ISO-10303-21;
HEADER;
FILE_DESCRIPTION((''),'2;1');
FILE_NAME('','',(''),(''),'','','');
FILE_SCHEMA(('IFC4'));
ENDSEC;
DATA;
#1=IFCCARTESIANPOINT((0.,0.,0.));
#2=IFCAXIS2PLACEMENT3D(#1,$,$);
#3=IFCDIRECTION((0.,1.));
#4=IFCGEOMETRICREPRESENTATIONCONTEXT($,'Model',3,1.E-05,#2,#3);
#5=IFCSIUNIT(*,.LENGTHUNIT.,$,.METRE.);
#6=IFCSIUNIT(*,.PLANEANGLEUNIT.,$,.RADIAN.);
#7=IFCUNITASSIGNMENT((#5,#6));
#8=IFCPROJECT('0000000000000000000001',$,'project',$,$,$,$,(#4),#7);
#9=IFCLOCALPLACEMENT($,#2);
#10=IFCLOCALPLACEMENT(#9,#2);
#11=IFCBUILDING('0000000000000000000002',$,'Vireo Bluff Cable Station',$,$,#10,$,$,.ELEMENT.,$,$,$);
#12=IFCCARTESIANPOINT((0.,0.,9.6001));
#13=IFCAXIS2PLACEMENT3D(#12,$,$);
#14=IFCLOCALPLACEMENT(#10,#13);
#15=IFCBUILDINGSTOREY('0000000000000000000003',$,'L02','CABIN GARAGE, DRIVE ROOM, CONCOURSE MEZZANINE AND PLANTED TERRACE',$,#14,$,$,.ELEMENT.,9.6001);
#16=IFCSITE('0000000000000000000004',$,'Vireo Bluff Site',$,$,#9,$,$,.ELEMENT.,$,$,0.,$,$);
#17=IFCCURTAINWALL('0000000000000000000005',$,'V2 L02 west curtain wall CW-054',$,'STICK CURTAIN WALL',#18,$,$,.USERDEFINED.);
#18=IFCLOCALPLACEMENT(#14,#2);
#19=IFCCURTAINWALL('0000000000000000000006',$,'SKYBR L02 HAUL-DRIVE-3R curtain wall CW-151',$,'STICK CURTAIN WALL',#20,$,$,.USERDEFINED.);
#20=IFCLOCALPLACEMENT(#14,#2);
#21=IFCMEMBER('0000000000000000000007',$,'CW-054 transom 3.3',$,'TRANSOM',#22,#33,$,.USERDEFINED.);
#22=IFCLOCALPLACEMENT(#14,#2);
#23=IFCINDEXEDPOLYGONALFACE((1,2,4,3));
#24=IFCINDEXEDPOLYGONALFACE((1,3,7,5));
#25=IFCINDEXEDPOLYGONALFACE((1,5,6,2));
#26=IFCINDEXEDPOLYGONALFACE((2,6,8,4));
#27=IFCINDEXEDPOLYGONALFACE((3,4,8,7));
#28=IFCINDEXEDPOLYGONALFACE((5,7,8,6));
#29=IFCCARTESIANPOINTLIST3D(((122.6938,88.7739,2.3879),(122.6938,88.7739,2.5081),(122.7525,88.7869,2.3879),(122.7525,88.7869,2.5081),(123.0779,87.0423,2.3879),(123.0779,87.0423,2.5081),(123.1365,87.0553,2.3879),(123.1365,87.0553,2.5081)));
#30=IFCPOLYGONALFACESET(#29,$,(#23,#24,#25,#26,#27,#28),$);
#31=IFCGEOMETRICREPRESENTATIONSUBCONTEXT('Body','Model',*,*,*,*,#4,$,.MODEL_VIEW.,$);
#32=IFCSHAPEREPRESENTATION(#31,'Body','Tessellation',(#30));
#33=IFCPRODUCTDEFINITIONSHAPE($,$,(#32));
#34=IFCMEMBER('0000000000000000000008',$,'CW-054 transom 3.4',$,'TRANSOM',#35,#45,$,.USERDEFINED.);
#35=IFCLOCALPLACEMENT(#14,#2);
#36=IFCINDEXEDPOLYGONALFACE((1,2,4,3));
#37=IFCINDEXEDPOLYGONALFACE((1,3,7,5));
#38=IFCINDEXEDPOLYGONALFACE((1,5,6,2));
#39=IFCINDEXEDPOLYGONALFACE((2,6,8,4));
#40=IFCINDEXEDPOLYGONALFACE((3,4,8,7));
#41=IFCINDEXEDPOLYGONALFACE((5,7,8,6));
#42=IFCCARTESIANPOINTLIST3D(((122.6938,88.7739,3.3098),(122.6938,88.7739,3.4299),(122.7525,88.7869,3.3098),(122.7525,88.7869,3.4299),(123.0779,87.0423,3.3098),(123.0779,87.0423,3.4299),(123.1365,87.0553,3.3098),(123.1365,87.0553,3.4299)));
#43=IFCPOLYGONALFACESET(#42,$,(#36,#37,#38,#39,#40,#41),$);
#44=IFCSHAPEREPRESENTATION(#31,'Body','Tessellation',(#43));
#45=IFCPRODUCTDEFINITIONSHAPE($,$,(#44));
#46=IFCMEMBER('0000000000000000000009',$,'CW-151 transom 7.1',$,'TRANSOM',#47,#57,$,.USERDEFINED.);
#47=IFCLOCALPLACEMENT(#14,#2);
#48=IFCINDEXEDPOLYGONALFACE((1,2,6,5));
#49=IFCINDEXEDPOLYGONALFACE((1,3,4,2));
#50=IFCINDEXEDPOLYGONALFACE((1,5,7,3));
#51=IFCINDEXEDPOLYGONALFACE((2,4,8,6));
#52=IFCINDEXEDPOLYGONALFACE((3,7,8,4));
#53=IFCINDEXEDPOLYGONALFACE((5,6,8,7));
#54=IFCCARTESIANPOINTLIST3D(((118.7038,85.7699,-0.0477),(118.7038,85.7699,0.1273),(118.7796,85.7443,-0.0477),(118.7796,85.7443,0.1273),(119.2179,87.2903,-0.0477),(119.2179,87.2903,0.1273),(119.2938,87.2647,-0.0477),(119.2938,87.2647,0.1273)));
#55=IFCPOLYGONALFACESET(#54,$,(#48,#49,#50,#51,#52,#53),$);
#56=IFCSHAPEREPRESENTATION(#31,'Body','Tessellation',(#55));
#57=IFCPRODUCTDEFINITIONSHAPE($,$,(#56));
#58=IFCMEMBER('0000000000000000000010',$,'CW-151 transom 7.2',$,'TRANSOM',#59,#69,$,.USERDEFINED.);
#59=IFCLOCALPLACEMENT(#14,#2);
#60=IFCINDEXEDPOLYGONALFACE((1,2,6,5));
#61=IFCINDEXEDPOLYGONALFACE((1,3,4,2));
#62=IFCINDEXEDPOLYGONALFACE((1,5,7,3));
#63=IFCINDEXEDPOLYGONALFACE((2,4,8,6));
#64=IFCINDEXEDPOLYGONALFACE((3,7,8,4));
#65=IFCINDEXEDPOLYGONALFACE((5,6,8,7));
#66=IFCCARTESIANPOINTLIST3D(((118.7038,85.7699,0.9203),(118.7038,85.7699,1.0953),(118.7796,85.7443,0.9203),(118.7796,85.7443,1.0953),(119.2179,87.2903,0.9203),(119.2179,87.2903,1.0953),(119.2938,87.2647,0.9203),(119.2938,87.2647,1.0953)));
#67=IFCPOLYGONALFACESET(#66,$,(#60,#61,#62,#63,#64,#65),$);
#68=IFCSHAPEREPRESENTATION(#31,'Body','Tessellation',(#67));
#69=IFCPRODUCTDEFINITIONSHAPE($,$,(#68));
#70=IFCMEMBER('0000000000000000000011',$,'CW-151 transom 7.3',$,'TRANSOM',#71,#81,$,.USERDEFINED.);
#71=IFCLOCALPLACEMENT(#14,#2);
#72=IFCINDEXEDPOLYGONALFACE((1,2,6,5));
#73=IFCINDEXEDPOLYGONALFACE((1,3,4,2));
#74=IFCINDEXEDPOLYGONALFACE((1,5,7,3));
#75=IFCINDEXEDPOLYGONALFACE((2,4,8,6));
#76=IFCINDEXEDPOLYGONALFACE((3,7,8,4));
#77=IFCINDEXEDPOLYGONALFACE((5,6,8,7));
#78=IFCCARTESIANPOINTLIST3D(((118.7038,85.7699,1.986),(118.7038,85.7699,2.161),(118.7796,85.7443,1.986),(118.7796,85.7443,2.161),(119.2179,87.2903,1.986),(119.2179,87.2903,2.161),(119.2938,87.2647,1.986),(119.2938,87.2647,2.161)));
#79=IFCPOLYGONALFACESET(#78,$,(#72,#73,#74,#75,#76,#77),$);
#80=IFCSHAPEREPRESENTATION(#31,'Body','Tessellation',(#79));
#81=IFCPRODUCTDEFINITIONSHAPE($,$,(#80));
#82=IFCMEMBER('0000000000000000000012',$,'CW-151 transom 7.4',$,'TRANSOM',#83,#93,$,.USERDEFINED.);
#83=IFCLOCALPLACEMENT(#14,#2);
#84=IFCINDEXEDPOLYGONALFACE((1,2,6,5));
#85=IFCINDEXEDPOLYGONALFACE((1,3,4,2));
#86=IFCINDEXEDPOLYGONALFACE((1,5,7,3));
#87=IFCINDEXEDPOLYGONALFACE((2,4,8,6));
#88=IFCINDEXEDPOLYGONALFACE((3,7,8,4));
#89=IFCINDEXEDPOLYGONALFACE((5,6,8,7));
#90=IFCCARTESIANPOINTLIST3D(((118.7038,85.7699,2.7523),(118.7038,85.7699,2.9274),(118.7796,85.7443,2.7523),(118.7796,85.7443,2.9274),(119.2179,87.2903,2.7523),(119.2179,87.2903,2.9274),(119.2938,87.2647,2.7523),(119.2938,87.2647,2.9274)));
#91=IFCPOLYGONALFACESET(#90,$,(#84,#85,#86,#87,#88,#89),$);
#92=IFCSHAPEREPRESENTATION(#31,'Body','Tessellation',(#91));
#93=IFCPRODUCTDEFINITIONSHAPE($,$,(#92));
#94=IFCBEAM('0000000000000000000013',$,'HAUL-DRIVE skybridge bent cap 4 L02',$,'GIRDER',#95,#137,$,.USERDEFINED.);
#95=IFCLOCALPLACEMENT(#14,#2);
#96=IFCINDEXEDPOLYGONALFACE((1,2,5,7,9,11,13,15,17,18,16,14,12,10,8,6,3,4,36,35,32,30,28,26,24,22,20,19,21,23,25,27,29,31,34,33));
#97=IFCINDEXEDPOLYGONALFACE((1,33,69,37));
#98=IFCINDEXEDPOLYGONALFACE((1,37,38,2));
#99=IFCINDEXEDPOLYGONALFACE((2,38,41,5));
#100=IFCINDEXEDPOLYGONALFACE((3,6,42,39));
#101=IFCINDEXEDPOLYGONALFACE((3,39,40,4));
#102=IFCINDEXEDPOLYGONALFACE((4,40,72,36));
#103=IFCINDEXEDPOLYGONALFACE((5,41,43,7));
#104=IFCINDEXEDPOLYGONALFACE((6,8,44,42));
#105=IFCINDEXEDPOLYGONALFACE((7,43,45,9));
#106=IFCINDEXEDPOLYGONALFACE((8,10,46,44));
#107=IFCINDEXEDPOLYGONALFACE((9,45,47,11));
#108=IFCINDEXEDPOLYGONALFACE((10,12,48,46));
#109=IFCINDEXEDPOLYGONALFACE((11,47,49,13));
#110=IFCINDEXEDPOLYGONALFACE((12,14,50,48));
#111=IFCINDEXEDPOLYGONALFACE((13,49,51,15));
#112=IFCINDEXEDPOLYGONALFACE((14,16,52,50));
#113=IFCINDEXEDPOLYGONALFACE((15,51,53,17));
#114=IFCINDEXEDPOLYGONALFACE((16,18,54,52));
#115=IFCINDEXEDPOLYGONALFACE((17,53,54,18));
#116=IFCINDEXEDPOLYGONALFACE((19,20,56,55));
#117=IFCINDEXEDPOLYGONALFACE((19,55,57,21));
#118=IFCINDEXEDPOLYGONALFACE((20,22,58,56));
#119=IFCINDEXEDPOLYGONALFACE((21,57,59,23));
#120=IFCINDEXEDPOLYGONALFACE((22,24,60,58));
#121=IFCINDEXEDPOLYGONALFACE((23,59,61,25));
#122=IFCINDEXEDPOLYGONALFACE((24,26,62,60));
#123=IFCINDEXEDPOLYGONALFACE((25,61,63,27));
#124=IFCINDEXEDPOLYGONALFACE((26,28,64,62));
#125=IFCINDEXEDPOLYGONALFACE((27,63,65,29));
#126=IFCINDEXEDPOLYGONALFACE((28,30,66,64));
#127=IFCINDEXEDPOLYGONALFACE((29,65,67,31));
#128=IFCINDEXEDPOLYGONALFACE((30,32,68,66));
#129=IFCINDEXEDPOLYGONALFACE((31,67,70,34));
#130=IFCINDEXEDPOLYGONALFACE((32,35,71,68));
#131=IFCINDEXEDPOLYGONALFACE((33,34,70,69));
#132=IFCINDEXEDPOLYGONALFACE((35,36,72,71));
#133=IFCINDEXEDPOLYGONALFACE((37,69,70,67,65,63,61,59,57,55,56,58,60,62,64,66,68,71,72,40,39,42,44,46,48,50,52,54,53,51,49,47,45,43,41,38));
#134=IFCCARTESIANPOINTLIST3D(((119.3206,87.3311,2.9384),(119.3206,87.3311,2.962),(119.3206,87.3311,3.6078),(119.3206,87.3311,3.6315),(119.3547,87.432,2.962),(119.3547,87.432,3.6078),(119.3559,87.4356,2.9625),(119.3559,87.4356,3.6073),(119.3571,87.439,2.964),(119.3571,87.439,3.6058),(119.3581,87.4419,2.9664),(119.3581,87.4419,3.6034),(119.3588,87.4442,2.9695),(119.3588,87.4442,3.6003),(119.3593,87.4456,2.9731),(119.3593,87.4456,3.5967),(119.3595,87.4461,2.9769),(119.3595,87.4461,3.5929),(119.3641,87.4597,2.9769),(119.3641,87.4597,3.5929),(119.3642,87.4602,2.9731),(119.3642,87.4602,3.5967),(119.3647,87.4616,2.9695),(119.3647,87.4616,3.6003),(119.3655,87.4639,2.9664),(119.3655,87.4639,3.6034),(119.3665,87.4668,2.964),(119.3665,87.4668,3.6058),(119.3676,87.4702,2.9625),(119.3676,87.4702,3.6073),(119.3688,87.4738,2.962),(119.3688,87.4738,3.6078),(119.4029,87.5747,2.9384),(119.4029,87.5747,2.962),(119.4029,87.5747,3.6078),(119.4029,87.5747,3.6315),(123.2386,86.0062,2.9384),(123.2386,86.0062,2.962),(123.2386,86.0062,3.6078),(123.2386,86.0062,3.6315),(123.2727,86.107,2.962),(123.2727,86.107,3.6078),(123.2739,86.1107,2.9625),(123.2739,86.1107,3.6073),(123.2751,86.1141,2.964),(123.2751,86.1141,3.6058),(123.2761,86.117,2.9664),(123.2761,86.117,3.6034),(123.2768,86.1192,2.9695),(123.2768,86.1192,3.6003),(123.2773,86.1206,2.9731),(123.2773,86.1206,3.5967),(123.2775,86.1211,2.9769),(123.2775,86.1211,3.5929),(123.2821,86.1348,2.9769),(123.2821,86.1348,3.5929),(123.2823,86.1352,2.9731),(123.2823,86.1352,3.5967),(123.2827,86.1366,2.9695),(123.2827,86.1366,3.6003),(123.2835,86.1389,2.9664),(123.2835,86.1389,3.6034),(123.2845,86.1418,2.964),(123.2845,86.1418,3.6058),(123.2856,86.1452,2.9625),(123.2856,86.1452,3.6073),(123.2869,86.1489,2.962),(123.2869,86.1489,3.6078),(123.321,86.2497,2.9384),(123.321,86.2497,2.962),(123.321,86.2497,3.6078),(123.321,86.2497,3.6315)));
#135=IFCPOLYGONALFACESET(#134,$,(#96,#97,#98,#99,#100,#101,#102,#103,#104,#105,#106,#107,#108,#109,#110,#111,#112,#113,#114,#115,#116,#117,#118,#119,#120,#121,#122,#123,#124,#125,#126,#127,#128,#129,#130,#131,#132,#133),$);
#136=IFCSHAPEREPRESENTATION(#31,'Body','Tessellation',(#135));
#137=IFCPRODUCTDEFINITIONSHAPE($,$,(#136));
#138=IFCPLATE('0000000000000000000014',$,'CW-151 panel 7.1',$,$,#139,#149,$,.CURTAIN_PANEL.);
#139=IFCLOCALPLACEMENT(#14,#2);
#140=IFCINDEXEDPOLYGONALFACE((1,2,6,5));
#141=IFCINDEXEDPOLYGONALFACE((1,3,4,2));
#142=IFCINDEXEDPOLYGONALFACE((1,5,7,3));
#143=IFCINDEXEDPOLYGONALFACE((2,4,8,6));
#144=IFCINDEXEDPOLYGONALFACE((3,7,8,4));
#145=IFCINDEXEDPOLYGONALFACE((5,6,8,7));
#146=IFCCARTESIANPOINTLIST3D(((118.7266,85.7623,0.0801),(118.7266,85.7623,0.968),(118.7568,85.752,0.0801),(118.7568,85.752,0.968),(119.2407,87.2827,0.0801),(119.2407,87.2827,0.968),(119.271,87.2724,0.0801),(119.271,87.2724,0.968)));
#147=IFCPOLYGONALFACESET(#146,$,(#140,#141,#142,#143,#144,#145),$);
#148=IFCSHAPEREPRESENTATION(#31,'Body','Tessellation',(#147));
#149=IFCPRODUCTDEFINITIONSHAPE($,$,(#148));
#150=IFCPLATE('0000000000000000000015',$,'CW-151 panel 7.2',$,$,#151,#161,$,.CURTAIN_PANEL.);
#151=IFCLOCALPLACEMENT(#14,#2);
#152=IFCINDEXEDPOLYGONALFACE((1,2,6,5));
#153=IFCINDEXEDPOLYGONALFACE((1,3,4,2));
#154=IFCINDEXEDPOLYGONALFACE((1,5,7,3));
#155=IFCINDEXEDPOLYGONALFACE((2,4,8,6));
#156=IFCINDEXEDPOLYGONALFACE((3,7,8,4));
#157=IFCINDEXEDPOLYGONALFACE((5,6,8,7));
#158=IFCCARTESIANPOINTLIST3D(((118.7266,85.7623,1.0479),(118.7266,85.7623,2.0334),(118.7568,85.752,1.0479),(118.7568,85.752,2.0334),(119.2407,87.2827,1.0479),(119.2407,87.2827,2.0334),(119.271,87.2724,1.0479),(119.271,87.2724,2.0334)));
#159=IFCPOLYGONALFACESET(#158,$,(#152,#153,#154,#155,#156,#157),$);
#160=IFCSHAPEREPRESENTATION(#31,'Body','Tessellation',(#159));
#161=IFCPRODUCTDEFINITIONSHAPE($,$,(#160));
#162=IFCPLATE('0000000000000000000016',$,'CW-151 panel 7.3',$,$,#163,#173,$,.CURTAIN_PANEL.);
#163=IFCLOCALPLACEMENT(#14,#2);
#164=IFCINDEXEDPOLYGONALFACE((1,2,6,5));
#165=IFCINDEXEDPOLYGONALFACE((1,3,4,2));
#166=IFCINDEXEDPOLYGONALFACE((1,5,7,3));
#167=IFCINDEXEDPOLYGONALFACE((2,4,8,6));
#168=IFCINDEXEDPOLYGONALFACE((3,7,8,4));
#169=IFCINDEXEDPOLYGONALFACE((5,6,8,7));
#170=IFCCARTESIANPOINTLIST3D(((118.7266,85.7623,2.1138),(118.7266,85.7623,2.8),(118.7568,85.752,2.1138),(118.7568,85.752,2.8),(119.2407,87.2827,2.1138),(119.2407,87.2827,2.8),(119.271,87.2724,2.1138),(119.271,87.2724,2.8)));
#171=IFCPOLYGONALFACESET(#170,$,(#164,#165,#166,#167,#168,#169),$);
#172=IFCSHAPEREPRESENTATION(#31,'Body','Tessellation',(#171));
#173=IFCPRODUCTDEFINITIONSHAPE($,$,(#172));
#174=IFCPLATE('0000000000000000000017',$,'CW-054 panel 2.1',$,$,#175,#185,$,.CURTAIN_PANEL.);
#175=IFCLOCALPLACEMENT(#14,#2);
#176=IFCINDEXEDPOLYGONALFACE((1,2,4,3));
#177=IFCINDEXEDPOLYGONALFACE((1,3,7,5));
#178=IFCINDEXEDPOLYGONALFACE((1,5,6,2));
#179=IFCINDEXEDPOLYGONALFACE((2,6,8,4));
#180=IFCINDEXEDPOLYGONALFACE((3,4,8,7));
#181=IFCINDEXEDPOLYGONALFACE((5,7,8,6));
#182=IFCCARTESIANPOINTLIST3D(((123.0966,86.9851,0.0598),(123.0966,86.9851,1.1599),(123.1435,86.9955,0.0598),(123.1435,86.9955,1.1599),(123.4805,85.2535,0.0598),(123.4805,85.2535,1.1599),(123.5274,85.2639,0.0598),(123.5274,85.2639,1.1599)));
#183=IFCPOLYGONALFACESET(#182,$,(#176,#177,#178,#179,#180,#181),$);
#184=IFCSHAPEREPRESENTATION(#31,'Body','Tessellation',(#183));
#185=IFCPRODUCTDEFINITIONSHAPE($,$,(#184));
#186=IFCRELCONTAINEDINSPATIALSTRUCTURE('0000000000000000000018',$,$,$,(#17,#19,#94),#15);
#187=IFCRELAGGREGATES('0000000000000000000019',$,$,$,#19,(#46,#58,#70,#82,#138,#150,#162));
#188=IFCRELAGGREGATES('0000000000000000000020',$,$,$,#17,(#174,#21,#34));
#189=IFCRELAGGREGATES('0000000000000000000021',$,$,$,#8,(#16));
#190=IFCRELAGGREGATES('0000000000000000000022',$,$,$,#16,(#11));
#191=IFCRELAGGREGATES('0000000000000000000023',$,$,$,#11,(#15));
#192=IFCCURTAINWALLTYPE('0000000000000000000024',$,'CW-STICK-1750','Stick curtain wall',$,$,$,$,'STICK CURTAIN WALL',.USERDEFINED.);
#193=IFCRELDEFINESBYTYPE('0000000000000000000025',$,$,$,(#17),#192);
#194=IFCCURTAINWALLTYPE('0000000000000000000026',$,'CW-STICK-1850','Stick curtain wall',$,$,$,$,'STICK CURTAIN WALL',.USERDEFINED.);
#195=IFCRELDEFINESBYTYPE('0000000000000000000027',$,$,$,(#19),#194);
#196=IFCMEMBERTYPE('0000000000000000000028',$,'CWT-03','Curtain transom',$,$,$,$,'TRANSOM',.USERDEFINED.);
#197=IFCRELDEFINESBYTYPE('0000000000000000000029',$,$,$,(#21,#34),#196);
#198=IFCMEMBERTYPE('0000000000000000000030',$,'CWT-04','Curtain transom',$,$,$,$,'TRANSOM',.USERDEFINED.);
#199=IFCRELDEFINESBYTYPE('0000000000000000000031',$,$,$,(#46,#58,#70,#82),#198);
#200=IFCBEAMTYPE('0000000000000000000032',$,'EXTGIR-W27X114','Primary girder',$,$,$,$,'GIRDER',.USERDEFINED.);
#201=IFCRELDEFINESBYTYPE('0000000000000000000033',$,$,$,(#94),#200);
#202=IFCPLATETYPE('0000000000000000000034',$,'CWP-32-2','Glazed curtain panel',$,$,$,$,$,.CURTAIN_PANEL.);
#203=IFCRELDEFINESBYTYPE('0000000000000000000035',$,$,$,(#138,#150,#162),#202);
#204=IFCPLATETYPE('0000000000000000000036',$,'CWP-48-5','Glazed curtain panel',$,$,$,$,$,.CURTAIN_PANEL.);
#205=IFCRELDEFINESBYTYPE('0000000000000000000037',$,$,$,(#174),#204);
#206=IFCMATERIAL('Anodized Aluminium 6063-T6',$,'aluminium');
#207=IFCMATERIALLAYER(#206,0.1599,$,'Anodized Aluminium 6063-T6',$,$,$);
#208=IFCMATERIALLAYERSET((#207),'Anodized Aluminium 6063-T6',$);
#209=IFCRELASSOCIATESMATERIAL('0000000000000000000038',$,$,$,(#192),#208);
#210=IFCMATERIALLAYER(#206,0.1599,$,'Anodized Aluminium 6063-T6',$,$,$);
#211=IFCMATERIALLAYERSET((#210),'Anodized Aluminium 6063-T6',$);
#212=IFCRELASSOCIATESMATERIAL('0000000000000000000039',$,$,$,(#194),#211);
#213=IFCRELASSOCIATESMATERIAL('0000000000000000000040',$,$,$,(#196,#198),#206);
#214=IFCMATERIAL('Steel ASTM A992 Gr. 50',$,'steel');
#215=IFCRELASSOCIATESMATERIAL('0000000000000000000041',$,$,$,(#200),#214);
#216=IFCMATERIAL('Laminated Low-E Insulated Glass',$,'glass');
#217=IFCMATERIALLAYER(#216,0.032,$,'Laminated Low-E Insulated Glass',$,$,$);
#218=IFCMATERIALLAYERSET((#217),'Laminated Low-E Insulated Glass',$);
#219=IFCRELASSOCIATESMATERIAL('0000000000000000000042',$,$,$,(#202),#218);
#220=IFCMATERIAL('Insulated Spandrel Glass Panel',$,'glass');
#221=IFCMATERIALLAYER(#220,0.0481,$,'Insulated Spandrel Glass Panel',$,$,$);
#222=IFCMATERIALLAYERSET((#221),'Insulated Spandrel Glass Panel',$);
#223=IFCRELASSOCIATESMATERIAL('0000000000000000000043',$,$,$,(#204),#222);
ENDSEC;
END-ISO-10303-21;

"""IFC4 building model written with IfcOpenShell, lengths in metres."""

from ifc_helpers import new_model, si_unit, direction, frame, origin, origin_2d, place, context, subcontext, project, spatial, rectangle, i_section, extrude, material, layer, layer_set, material_profile, profile_set, type_object, element, aggregate, save


model = new_model("IFC4")

# Units and contexts
model_context = context("Model", 3, precision=1e-05, world=origin(), true_north=direction((0.0, 1.0)))
body_context = subcontext(model_context, "Body", "Model", "MODEL_VIEW")
ifc_project = project(units=[si_unit("LENGTHUNIT", "METRE"), si_unit("PLANEANGLEUNIT", "RADIAN")], contexts=[model_context])

# Site, building, storey
site_placement = place(None, origin())
site = spatial("IfcSite", under=ifc_project, at=site_placement, Name="Vireo Bluff Site", CompositionType="ELEMENT", RefElevation=0.0)
building_placement = place(site_placement, origin())
building = spatial("IfcBuilding", under=site, at=building_placement, Name="Vireo Bluff Cable Station", CompositionType="ELEMENT")
storey_placement = place(building_placement, frame((0.0, 0.0, 9.6001)))
storey = spatial("IfcBuildingStorey", under=building, at=storey_placement, Name="L02", Description="CABIN GARAGE, DRIVE ROOM, CONCOURSE MEZZANINE AND PLANTED TERRACE", CompositionType="ELEMENT", Elevation=9.6001)

# Shared definitions
ifc_material_1 = material(Name="Steel ASTM A992 Gr. 50", Category="steel")

# Curtain wall
ifc_material_2 = material(Name="Anodized Aluminium 6063-T6", Category="aluminium")
ifc_layer_1 = layer(ifc_material_2, 0.1599, Name="Anodized Aluminium 6063-T6")
ifc_layer_set_1 = layer_set([ifc_layer_1], Name="Anodized Aluminium 6063-T6")
curtain_wall_type_1 = type_object("IfcCurtainWallType", Name="CW-STICK-1750", Description="Stick curtain wall", ElementType="STICK CURTAIN WALL", PredefinedType="USERDEFINED", material=ifc_layer_set_1)
curtain_wall_1_placement = place(storey_placement, origin())
curtain_wall_1 = element("IfcCurtainWall", 1, at=curtain_wall_1_placement, inside=storey, type_object=curtain_wall_type_1, Name="V2 L02 west curtain wall CW-054", ObjectType="STICK CURTAIN WALL", PredefinedType="USERDEFINED")

# Curtain wall
ifc_layer_2 = layer(ifc_material_2, 0.1599, Name="Anodized Aluminium 6063-T6")
ifc_layer_set_2 = layer_set([ifc_layer_2], Name="Anodized Aluminium 6063-T6")
curtain_wall_type_2 = type_object("IfcCurtainWallType", Name="CW-STICK-1850", Description="Stick curtain wall", ElementType="STICK CURTAIN WALL", PredefinedType="USERDEFINED", material=ifc_layer_set_2)
curtain_wall_2_placement = place(storey_placement, origin())
curtain_wall_2 = element("IfcCurtainWall", 2, at=curtain_wall_2_placement, inside=storey, type_object=curtain_wall_type_2, Name="SKYBR L02 HAUL-DRIVE-3R curtain wall CW-151", ObjectType="STICK CURTAIN WALL", PredefinedType="USERDEFINED")

# Members
ifc_material_profile_1 = material_profile(ifc_material_2, rectangle(XDim=0.0601, YDim=0.1201, at=origin_2d()), Name="ALU-T-60X120")
ifc_profile_set_1 = profile_set([ifc_material_profile_1], Name="Anodized Aluminium 6063-T6")
member_type_1 = type_object("IfcMemberType", Name="CWT-03", Description="Curtain transom", ElementType="TRANSOM", PredefinedType="USERDEFINED", material=ifc_profile_set_1)
member_1_placement = place(storey_placement, frame((123.1072, 87.0488, 2.448), z_axis=(-0.216508, 0.976281, 0.0), x_axis=(-0.976281, -0.216508, 0.0)))
member_1 = element("IfcMember", 3, at=member_1_placement, type_object=member_type_1, Name="CW-054 transom 3.3", ObjectType="TRANSOM", PredefinedType="USERDEFINED", context=body_context, shape_type="SweptSolid", body=[
    extrude(rectangle(XDim=0.0601, YDim=0.1201, at=origin_2d()), origin(), (0.0, 0.0, 1.0), 1.7737),
])
member_2_placement = place(storey_placement, frame((123.1072, 87.0488, 3.3699), z_axis=(-0.216508, 0.976281, 0.0), x_axis=(-0.976281, -0.216508, 0.0)))
member_2 = element("IfcMember", 4, at=member_2_placement, type_object=member_type_1, Name="CW-054 transom 3.4", ObjectType="TRANSOM", PredefinedType="USERDEFINED", context=body_context, shape_type="SweptSolid", body=[
    extrude(rectangle(XDim=0.0601, YDim=0.1201, at=origin_2d()), origin(), (0.0, 0.0, 1.0), 1.7737),
])
ifc_material_profile_2 = material_profile(ifc_material_2, rectangle(XDim=0.0801, YDim=0.175, at=origin_2d()), Name="ALU-T-80X175")
ifc_profile_set_2 = profile_set([ifc_material_profile_2], Name="Anodized Aluminium 6063-T6")
member_type_2 = type_object("IfcMemberType", Name="CWT-04", Description="Curtain transom", ElementType="TRANSOM", PredefinedType="USERDEFINED", material=ifc_profile_set_2)
member_3_placement = place(storey_placement, frame((118.7417, 85.7571, 0.0398), z_axis=(0.320332, 0.947305, 0.0), x_axis=(-0.947305, 0.320332, 0.0)))
member_3 = element("IfcMember", 5, at=member_3_placement, type_object=member_type_2, Name="CW-151 transom 7.1", ObjectType="TRANSOM", PredefinedType="USERDEFINED", context=body_context, shape_type="SweptSolid", body=[
    extrude(rectangle(XDim=0.0801, YDim=0.175, at=origin_2d()), origin(), (0.0, 0.0, 1.0), 1.605),
])
member_4_placement = place(storey_placement, frame((118.7417, 85.7571, 1.0078), z_axis=(0.320332, 0.947305, 0.0), x_axis=(-0.947305, 0.320332, 0.0)))
member_4 = element("IfcMember", 6, at=member_4_placement, type_object=member_type_2, Name="CW-151 transom 7.2", ObjectType="TRANSOM", PredefinedType="USERDEFINED", context=body_context, shape_type="SweptSolid", body=[
    extrude(rectangle(XDim=0.0801, YDim=0.175, at=origin_2d()), origin(), (0.0, 0.0, 1.0), 1.605),
])
member_5_placement = place(storey_placement, frame((118.7417, 85.7571, 2.0735), z_axis=(0.320332, 0.947305, 0.0), x_axis=(-0.947305, 0.320332, 0.0)))
member_5 = element("IfcMember", 7, at=member_5_placement, type_object=member_type_2, Name="CW-151 transom 7.3", ObjectType="TRANSOM", PredefinedType="USERDEFINED", context=body_context, shape_type="SweptSolid", body=[
    extrude(rectangle(XDim=0.0801, YDim=0.175, at=origin_2d()), origin(), (0.0, 0.0, 1.0), 1.605),
])
member_6_placement = place(storey_placement, frame((118.7417, 85.7571, 2.8398), z_axis=(0.320332, 0.947305, 0.0), x_axis=(-0.947305, 0.320332, 0.0)))
member_6 = element("IfcMember", 8, at=member_6_placement, type_object=member_type_2, Name="CW-151 transom 7.4", ObjectType="TRANSOM", PredefinedType="USERDEFINED", context=body_context, shape_type="SweptSolid", body=[
    extrude(rectangle(XDim=0.0801, YDim=0.175, at=origin_2d()), origin(), (0.0, 0.0, 1.0), 1.605),
])

# Beam
ifc_material_profile_3 = material_profile(ifc_material_1, i_section(OverallWidth=0.2571, OverallDepth=0.6931, WebThickness=0.0144, FlangeThickness=0.0237, FilletRadius=0.0149, at=origin_2d()), Name="W27X114")
ifc_profile_set_3 = profile_set([ifc_material_profile_3], Name="Steel ASTM A992 Gr. 50")
beam_type = type_object("IfcBeamType", Name="EXTGIR-W27X114", Description="Primary girder", ElementType="GIRDER", PredefinedType="USERDEFINED", material=ifc_profile_set_3)
beam_placement = place(storey_placement, frame((123.2798, 86.1279, 3.2849), z_axis=(-0.947299, 0.320351, 0.0), x_axis=(-0.320351, -0.947299, 0.0)))
element("IfcBeam", 9, at=beam_placement, inside=storey, type_object=beam_type, Name="HAUL-DRIVE skybridge bent cap 4 L02", ObjectType="GIRDER", PredefinedType="USERDEFINED", context=body_context, shape_type="SweptSolid", body=[
    extrude(i_section(OverallWidth=0.2571, OverallDepth=0.6931, WebThickness=0.0144, FlangeThickness=0.0237, FilletRadius=0.0149, at=origin_2d()), origin(), (0.0, 0.0, 1.0), 4.136),
])

# Plates
ifc_material_3 = material(Name="Laminated Low-E Insulated Glass", Category="glass")
ifc_layer_3 = layer(ifc_material_3, 0.032, Name="Laminated Low-E Insulated Glass")
ifc_layer_set_3 = layer_set([ifc_layer_3], Name="Laminated Low-E Insulated Glass")
plate_type_1 = type_object("IfcPlateType", Name="CWP-32-2", Description="Glazed curtain panel", PredefinedType="CURTAIN_PANEL", material=ifc_layer_set_3)
plate_1_placement = place(storey_placement, frame((118.9988, 86.5173, 0.0801), z_axis=(0.0, 0.0, 1.0), x_axis=(0.320354, 0.947298, 0.0)))
plate_1 = element("IfcPlate", 10, at=plate_1_placement, type_object=plate_type_1, Name="CW-151 panel 7.1", PredefinedType="CURTAIN_PANEL", context=body_context, shape_type="SweptSolid", body=[
    extrude(rectangle(XDim=1.605, YDim=0.032, at=origin_2d()), origin(), (0.0, 0.0, 1.0), 0.8879),
])
plate_2_placement = place(storey_placement, frame((118.9988, 86.5173, 1.0479), z_axis=(0.0, 0.0, 1.0), x_axis=(0.320354, 0.947298, 0.0)))
plate_2 = element("IfcPlate", 11, at=plate_2_placement, type_object=plate_type_1, Name="CW-151 panel 7.2", PredefinedType="CURTAIN_PANEL", context=body_context, shape_type="SweptSolid", body=[
    extrude(rectangle(XDim=1.605, YDim=0.032, at=origin_2d()), origin(), (0.0, 0.0, 1.0), 0.9856),
])
plate_3_placement = place(storey_placement, frame((118.9988, 86.5173, 2.1138), z_axis=(0.0, 0.0, 1.0), x_axis=(0.320354, 0.947298, 0.0)))
plate_3 = element("IfcPlate", 12, at=plate_3_placement, type_object=plate_type_1, Name="CW-151 panel 7.3", PredefinedType="CURTAIN_PANEL", context=body_context, shape_type="SweptSolid", body=[
    extrude(rectangle(XDim=1.605, YDim=0.032, at=origin_2d()), origin(), (0.0, 0.0, 1.0), 0.6863),
])
aggregate(curtain_wall_2, [member_3, member_4, member_5, member_6, plate_1, plate_2, plate_3])
ifc_material_4 = material(Name="Insulated Spandrel Glass Panel", Category="glass")
ifc_layer_4 = layer(ifc_material_4, 0.0481, Name="Insulated Spandrel Glass Panel")
ifc_layer_set_4 = layer_set([ifc_layer_4], Name="Insulated Spandrel Glass Panel")
plate_type_2 = type_object("IfcPlateType", Name="CWP-48-5", Description="Glazed curtain panel", PredefinedType="CURTAIN_PANEL", material=ifc_layer_set_4)
plate_4_placement = place(storey_placement, frame((123.312, 86.1245, 0.0598), z_axis=(0.0, 0.0, 1.0), x_axis=(-0.21644, 0.976296, 0.0)))
plate_4 = element("IfcPlate", 13, at=plate_4_placement, type_object=plate_type_2, Name="CW-054 panel 2.1", PredefinedType="CURTAIN_PANEL", context=body_context, shape_type="SweptSolid", body=[
    extrude(rectangle(XDim=1.7737, YDim=0.0481, at=origin_2d()), origin(), (0.0, 0.0, 1.0), 1.1001),
])
aggregate(curtain_wall_1, [plate_4, member_1, member_2])

save(model, "model.ifc")
